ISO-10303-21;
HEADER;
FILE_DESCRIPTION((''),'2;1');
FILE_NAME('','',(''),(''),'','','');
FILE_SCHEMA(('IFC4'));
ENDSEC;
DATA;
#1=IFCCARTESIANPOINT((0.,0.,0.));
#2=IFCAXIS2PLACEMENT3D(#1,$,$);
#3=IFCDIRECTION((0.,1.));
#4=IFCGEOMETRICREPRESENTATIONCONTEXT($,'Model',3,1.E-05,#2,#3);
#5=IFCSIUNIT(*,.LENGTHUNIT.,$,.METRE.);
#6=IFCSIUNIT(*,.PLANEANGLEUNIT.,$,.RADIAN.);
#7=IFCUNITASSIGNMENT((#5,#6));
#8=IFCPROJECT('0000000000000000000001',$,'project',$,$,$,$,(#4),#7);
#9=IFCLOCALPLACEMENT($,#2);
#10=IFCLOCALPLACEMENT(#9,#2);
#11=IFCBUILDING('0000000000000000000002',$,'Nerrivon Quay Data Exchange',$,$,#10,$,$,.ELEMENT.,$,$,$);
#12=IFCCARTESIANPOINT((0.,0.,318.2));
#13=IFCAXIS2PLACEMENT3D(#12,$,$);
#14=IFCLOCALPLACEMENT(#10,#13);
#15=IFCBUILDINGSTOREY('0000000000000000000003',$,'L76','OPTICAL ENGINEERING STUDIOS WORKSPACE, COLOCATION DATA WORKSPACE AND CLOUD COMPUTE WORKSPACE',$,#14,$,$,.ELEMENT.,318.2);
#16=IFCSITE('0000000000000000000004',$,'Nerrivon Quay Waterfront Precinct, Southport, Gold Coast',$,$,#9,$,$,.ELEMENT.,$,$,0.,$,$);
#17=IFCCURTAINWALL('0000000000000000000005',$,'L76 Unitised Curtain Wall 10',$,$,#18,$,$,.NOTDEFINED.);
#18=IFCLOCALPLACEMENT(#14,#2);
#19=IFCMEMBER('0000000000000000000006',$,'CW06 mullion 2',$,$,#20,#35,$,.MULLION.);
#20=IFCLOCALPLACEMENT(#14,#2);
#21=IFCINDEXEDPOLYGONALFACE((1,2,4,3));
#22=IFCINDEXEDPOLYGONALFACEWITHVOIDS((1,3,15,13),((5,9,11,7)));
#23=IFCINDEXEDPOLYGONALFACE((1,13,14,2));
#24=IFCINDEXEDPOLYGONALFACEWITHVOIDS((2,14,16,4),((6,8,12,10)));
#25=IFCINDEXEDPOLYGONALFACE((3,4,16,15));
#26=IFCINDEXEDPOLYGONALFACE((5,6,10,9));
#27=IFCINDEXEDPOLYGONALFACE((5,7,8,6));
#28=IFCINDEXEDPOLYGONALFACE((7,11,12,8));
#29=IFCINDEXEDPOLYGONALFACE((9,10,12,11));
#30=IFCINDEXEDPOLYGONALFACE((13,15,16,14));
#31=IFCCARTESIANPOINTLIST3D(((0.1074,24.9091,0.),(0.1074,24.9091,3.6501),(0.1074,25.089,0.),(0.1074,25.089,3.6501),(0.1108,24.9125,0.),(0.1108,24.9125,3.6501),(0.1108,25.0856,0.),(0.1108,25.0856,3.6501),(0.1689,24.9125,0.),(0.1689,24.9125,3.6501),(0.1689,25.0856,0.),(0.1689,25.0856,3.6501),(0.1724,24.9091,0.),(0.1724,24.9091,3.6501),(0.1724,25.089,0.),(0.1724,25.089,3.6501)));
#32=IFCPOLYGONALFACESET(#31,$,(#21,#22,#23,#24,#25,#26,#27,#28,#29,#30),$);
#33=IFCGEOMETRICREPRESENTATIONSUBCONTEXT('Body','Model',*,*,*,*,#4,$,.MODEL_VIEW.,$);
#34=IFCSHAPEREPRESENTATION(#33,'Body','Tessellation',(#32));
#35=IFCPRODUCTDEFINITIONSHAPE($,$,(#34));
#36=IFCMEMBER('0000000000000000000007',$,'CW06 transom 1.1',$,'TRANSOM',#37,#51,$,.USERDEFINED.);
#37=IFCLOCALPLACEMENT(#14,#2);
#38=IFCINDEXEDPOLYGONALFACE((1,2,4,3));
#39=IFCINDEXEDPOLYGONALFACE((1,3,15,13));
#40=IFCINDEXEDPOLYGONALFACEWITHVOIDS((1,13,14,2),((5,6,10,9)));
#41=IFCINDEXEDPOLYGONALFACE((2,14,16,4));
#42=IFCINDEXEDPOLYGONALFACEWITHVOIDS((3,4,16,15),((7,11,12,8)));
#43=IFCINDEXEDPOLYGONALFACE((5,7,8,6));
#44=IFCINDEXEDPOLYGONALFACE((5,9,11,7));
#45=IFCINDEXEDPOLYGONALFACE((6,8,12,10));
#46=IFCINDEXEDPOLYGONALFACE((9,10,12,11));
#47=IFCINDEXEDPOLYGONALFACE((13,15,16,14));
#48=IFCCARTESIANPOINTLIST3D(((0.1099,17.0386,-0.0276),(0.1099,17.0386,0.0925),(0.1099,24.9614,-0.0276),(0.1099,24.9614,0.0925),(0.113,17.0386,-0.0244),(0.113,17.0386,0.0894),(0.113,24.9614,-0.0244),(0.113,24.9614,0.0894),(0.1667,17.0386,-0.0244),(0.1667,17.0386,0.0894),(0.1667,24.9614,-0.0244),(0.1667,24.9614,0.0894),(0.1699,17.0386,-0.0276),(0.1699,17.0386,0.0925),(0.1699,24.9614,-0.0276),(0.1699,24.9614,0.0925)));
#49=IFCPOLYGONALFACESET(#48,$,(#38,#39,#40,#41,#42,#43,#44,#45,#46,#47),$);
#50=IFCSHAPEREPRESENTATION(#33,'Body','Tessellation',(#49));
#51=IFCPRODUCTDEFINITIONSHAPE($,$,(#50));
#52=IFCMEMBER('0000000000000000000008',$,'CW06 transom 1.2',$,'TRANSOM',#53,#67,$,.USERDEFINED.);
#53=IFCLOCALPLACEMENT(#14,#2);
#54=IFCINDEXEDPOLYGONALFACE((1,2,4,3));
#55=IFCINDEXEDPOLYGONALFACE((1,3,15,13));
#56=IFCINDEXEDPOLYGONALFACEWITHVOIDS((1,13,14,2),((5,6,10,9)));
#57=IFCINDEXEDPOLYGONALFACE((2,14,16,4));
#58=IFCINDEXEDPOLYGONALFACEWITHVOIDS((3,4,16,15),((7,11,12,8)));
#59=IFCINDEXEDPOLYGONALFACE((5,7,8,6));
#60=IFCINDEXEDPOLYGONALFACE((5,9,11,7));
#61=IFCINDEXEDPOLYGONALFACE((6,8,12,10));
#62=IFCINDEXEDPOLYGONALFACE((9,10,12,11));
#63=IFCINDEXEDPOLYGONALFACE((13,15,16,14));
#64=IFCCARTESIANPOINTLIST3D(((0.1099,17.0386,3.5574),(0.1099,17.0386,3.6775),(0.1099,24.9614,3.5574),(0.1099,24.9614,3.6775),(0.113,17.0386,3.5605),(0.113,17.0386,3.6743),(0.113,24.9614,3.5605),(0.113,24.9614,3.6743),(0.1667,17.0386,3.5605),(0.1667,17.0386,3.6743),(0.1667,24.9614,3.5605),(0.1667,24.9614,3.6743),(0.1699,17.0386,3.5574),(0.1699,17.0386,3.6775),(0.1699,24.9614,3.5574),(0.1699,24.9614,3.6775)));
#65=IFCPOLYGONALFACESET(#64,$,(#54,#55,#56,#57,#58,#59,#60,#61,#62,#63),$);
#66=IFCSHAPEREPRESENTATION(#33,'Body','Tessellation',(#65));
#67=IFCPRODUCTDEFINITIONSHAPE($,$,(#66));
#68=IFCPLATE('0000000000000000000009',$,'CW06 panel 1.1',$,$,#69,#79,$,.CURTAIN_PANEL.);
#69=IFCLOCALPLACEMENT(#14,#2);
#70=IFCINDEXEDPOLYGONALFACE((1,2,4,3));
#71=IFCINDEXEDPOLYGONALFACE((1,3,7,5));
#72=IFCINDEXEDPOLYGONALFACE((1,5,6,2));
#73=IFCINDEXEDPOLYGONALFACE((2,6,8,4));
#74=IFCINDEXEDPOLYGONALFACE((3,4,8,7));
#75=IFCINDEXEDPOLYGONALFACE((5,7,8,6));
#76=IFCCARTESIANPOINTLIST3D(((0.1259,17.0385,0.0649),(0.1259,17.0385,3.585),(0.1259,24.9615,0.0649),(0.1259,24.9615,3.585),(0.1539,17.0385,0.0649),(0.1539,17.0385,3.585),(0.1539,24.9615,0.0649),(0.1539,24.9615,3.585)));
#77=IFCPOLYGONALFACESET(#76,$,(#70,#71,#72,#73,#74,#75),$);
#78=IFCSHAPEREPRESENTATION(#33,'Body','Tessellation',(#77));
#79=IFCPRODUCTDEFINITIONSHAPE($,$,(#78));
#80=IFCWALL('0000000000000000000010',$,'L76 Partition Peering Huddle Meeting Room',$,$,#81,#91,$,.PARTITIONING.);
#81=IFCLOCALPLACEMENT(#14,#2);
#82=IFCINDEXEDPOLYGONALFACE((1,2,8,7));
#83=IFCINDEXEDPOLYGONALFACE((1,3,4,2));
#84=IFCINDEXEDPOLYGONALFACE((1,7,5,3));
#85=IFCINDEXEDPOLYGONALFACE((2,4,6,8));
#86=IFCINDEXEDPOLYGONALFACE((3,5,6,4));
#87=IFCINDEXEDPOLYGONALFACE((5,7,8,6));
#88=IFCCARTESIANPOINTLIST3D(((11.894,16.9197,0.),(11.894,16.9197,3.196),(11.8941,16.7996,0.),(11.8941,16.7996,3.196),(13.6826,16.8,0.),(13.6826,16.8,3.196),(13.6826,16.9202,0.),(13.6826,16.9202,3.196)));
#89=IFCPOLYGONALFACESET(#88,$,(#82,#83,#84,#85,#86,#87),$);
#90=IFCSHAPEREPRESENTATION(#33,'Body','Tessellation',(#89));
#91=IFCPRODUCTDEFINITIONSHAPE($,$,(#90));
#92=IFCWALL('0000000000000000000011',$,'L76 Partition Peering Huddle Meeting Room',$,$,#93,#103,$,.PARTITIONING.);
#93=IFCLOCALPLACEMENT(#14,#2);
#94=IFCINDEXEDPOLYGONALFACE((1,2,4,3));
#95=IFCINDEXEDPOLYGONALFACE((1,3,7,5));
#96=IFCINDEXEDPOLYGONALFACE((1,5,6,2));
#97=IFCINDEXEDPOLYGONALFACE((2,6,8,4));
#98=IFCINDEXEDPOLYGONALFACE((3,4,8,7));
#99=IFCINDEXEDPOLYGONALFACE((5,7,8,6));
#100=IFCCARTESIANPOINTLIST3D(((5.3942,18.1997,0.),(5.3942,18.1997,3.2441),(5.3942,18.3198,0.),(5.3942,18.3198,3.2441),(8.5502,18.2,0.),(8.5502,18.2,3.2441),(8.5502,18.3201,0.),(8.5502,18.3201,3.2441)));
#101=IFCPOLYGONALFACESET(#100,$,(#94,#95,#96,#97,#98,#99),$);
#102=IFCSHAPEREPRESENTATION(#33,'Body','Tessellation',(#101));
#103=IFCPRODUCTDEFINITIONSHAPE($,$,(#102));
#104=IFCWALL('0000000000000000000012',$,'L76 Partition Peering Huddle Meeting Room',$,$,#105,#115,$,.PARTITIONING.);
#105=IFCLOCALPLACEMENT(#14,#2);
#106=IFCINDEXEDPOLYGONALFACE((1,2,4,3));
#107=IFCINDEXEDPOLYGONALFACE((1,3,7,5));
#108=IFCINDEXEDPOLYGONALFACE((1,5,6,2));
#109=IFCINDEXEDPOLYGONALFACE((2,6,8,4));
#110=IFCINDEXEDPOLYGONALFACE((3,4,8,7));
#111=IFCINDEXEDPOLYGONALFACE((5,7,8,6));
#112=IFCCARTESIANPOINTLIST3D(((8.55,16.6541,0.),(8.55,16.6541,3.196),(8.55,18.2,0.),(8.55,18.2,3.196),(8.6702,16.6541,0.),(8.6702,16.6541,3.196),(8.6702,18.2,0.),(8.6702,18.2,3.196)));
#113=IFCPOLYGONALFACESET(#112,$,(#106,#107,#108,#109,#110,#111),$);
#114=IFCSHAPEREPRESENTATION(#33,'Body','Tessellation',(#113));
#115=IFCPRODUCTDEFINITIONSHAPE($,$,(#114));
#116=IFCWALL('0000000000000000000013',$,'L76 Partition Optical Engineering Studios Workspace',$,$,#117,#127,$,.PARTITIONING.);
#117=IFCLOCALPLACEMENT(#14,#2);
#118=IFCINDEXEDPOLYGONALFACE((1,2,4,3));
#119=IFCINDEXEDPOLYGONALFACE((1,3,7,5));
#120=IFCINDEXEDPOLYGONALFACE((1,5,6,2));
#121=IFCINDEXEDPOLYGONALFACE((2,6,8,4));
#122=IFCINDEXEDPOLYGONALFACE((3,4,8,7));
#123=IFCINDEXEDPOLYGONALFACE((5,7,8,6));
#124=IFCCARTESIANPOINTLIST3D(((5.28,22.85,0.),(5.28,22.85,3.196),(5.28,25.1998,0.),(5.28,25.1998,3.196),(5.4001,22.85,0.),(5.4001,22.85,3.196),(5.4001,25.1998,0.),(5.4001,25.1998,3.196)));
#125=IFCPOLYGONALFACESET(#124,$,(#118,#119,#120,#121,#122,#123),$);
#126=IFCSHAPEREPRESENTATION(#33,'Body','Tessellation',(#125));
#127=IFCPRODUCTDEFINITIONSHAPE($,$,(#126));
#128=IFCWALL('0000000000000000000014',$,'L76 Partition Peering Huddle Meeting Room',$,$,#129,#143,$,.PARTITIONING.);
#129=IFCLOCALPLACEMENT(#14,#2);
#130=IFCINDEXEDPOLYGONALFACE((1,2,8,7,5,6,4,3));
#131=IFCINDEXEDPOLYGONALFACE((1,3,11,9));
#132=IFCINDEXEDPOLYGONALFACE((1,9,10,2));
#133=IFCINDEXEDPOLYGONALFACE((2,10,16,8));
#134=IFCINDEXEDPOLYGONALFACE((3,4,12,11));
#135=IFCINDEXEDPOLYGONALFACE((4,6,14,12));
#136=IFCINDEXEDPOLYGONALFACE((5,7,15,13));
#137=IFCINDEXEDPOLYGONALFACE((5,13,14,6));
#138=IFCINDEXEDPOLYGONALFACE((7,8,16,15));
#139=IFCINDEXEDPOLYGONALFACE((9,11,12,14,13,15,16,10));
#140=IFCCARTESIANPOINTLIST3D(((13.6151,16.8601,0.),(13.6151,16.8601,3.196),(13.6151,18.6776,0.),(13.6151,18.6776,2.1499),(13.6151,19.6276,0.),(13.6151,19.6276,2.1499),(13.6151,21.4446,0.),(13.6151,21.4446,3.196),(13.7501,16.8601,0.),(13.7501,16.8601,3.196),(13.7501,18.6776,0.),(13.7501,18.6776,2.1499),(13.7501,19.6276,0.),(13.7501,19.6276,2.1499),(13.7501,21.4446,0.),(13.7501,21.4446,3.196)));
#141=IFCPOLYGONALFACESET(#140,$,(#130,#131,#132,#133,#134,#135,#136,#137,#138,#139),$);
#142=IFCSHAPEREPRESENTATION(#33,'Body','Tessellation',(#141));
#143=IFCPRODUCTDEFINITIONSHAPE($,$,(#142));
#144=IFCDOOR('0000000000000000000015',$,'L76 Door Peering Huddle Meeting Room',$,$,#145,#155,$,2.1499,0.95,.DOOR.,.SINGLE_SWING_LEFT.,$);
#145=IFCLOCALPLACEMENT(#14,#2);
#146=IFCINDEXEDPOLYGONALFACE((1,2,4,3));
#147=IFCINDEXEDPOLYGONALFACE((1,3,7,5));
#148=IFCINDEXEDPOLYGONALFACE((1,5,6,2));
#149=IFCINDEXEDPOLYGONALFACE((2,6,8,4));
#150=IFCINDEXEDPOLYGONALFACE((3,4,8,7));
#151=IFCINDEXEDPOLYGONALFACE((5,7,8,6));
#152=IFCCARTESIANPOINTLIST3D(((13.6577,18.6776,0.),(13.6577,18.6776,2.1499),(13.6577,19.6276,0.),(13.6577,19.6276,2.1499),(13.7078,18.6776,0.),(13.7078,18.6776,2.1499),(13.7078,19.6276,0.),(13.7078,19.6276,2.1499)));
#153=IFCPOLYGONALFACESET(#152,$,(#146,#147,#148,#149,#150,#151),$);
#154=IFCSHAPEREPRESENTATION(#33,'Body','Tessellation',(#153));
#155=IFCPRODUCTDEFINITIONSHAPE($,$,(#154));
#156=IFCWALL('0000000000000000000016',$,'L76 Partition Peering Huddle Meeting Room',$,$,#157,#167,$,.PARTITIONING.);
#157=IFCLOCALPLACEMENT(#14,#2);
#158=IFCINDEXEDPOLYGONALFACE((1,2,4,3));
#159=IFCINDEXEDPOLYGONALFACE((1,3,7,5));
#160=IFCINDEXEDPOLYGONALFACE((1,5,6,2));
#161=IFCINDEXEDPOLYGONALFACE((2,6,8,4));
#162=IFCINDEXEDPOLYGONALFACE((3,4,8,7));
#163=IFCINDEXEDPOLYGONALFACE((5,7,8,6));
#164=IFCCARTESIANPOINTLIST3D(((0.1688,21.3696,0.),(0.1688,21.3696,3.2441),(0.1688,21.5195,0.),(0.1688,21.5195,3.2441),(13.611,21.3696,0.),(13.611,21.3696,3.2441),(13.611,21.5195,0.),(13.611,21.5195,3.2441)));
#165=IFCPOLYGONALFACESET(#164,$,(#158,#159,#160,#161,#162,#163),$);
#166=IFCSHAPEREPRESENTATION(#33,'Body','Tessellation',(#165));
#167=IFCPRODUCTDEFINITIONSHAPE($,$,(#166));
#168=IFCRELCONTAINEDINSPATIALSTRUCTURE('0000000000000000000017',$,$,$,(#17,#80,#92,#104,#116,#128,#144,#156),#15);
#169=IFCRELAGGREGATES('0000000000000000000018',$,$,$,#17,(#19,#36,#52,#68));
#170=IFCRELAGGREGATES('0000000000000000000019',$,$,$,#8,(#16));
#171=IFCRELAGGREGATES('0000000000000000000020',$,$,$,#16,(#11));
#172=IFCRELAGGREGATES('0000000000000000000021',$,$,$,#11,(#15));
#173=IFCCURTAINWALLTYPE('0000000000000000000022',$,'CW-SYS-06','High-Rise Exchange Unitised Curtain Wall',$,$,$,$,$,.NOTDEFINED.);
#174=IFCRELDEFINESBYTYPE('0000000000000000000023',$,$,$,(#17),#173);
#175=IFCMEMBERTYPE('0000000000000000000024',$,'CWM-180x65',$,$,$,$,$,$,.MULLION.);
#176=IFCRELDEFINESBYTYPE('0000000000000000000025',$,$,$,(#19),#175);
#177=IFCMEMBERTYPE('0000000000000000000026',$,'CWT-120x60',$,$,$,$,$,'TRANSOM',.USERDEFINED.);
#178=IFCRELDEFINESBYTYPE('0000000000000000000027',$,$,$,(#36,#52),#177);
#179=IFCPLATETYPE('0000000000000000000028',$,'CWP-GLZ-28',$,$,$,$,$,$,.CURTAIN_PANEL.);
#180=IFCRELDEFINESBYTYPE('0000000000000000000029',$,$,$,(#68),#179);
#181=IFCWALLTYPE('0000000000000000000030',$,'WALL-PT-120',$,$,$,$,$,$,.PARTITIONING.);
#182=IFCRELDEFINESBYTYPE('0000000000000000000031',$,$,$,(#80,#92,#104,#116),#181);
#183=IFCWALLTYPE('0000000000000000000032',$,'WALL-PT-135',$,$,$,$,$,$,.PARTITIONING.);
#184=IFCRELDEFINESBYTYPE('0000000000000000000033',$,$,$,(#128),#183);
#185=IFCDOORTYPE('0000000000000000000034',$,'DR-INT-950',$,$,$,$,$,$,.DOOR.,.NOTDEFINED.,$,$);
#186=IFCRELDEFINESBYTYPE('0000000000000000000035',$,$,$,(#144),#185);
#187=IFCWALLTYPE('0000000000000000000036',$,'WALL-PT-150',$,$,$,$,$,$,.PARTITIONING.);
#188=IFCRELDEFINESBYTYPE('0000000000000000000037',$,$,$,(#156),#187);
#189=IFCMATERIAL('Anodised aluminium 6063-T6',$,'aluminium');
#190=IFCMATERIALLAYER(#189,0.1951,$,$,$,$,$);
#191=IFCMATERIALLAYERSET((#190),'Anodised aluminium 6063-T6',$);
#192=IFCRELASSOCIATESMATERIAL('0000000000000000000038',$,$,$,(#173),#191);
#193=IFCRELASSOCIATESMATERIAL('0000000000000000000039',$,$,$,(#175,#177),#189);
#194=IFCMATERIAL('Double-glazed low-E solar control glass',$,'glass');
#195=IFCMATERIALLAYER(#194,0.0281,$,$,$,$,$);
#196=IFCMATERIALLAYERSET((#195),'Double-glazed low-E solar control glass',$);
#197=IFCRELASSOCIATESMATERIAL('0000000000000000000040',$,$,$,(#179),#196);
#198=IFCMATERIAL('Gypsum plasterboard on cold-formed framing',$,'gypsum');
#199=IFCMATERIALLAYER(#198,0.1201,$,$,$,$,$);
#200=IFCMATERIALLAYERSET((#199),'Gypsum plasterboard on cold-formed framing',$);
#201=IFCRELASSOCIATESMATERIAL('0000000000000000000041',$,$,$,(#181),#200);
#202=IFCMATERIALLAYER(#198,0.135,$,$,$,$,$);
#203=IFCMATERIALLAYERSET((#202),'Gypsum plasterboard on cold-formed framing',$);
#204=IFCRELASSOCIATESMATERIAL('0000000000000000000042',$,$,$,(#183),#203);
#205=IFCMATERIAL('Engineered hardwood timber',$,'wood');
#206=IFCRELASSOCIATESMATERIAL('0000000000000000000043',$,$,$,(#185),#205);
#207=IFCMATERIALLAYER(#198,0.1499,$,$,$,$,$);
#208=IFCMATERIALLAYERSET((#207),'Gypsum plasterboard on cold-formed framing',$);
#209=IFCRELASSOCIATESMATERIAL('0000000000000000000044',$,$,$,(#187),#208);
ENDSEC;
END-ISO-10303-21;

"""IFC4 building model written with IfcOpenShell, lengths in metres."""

from ifc_helpers import new_model, si_unit, direction, frame, frame_2d, origin, origin_2d, place, context, subcontext, project, spatial, rectangle, hollow_rectangle, extrude, material, layer, layer_set, material_profile, profile_set, type_object, element, fill, aggregate, save


model = new_model("IFC4")

# Units and contexts
model_context = context("Model", 3, precision=1e-05, world=origin(), true_north=direction((0.0, 1.0)))
body_context = subcontext(model_context, "Body", "Model", "MODEL_VIEW")
ifc_project = project(units=[si_unit("LENGTHUNIT", "METRE"), si_unit("PLANEANGLEUNIT", "RADIAN")], contexts=[model_context])

# Site, building, storey
site_placement = place(None, origin())
site = spatial("IfcSite", under=ifc_project, at=site_placement, Name="Nerrivon Quay Waterfront Precinct, Southport, Gold Coast", CompositionType="ELEMENT", RefElevation=0.0)
building_placement = place(site_placement, origin())
building = spatial("IfcBuilding", under=site, at=building_placement, Name="Nerrivon Quay Data Exchange", CompositionType="ELEMENT")
storey_placement = place(building_placement, frame((0.0, 0.0, 318.2)))
storey = spatial("IfcBuildingStorey", under=building, at=storey_placement, Name="L76", Description="OPTICAL ENGINEERING STUDIOS WORKSPACE, COLOCATION DATA WORKSPACE AND CLOUD COMPUTE WORKSPACE", CompositionType="ELEMENT", Elevation=318.2)

# Curtain wall, members, plate
ifc_material_1 = material(Name="Anodised aluminium 6063-T6", Category="aluminium")
ifc_layer_1 = layer(ifc_material_1, 0.1951)
ifc_layer_set_1 = layer_set([ifc_layer_1], Name="Anodised aluminium 6063-T6")
curtain_wall_type = type_object("IfcCurtainWallType", Name="CW-SYS-06", Description="High-Rise Exchange Unitised Curtain Wall", PredefinedType="NOTDEFINED", material=ifc_layer_set_1)
curtain_wall_placement = place(storey_placement, origin())
curtain_wall = element("IfcCurtainWall", 1, at=curtain_wall_placement, inside=storey, type_object=curtain_wall_type, Name="L76 Unitised Curtain Wall 10", PredefinedType="NOTDEFINED")
ifc_material_profile_1 = material_profile(ifc_material_1, hollow_rectangle(XDim=0.0649, YDim=0.1799, WallThickness=0.0034, at=origin_2d()), Name="ALU-MULL-180x65")
ifc_profile_set_1 = profile_set([ifc_material_profile_1], Name="Anodised aluminium 6063-T6")
member_type_1 = type_object("IfcMemberType", Name="CWM-180x65", PredefinedType="MULLION", material=ifc_profile_set_1)
member_1_placement = place(storey_placement, frame((0.1399, 24.999, 0.0), z_axis=(0.0, 0.0, 1.0), x_axis=(-1.0, 0.0, 0.0)))
member_1 = element("IfcMember", 2, at=member_1_placement, type_object=member_type_1, Name="CW06 mullion 2", PredefinedType="MULLION", context=body_context, shape_type="SweptSolid", body=[
    extrude(hollow_rectangle(XDim=0.0649, YDim=0.1799, WallThickness=0.0034, at=origin_2d()), origin(), (0.0, 0.0, 1.0), 3.6501),
])
ifc_material_profile_2 = material_profile(ifc_material_1, hollow_rectangle(XDim=0.0601, YDim=0.1201, WallThickness=0.0032, at=origin_2d()), Name="ALU-TRAN-120x60")
ifc_profile_set_2 = profile_set([ifc_material_profile_2], Name="Anodised aluminium 6063-T6")
member_type_2 = type_object("IfcMemberType", Name="CWT-120x60", ElementType="TRANSOM", PredefinedType="USERDEFINED", material=ifc_profile_set_2)
member_2_placement = place(storey_placement, frame((0.1399, 17.0386, 0.0325), z_axis=(0.0, 1.0, 0.0), x_axis=(-1.0, 0.0, 0.0)))
member_2 = element("IfcMember", 3, at=member_2_placement, type_object=member_type_2, Name="CW06 transom 1.1", ObjectType="TRANSOM", PredefinedType="USERDEFINED", context=body_context, shape_type="SweptSolid", body=[
    extrude(hollow_rectangle(XDim=0.0601, YDim=0.1201, WallThickness=0.0032, at=origin_2d()), origin(), (0.0, 0.0, 1.0), 7.9229),
])
member_3_placement = place(storey_placement, frame((0.1399, 17.0386, 3.6174), z_axis=(0.0, 1.0, 0.0), x_axis=(-1.0, 0.0, 0.0)))
member_3 = element("IfcMember", 4, at=member_3_placement, type_object=member_type_2, Name="CW06 transom 1.2", ObjectType="TRANSOM", PredefinedType="USERDEFINED", context=body_context, shape_type="SweptSolid", body=[
    extrude(hollow_rectangle(XDim=0.0601, YDim=0.1201, WallThickness=0.0032, at=origin_2d()), origin(), (0.0, 0.0, 1.0), 7.9229),
])
ifc_material_2 = material(Name="Double-glazed low-E solar control glass", Category="glass")
ifc_layer_2 = layer(ifc_material_2, 0.0281)
ifc_layer_set_2 = layer_set([ifc_layer_2], Name="Double-glazed low-E solar control glass")
plate_type = type_object("IfcPlateType", Name="CWP-GLZ-28", PredefinedType="CURTAIN_PANEL", material=ifc_layer_set_2)
plate_placement = place(storey_placement, frame((0.1399, 21.0, 0.0649), z_axis=(0.0, 0.0, 1.0), x_axis=(0.0, 1.0, 0.0)))
plate = element("IfcPlate", 5, at=plate_placement, type_object=plate_type, Name="CW06 panel 1.1", PredefinedType="CURTAIN_PANEL", context=body_context, shape_type="SweptSolid", body=[
    extrude(rectangle(XDim=7.9231, YDim=0.0281, at=origin_2d()), origin(), (0.0, 0.0, 1.0), 3.52),
])
aggregate(curtain_wall, [member_1, member_2, member_3, plate])

# Walls
ifc_material_3 = material(Name="Gypsum plasterboard on cold-formed framing", Category="gypsum")
ifc_layer_3 = layer(ifc_material_3, 0.1201)
ifc_layer_set_3 = layer_set([ifc_layer_3], Name="Gypsum plasterboard on cold-formed framing")
wall_type_1 = type_object("IfcWallType", Name="WALL-PT-120", PredefinedType="PARTITIONING", material=ifc_layer_set_3)
wall_1_placement = place(storey_placement, frame((11.894, 16.8596, 0.0), z_axis=(0.0, 0.0, 1.0), x_axis=(1.0, 0.000273, 0.0)))
element("IfcWall", 6, at=wall_1_placement, inside=storey, type_object=wall_type_1, Name="L76 Partition Peering Huddle Meeting Room", PredefinedType="PARTITIONING", context=body_context, shape_type="SweptSolid", body=[
    extrude(rectangle(XDim=1.7886, YDim=0.1201, at=frame_2d((0.8943, 0.0))), origin(), (0.0, 0.0, 1.0), 3.196),
])
wall_2_placement = place(storey_placement, frame((5.394, 18.2598, 0.0), z_axis=(0.0, 0.0, 1.0), x_axis=(1.0, 0.000077, 0.0)))
element("IfcWall", 7, at=wall_2_placement, inside=storey, type_object=wall_type_1, Name="L76 Partition Peering Huddle Meeting Room", PredefinedType="PARTITIONING", context=body_context, shape_type="SweptSolid", body=[
    extrude(rectangle(XDim=3.156, YDim=0.1201, at=frame_2d((1.5781, 0.0))), origin(), (0.0, 0.0, 1.0), 3.2441),
])
wall_3_placement = place(storey_placement, frame((8.6101, 18.2, 0.0), z_axis=(0.0, 0.0, 1.0), x_axis=(0.0, -1.0, 0.0)))
element("IfcWall", 8, at=wall_3_placement, inside=storey, type_object=wall_type_1, Name="L76 Partition Peering Huddle Meeting Room", PredefinedType="PARTITIONING", context=body_context, shape_type="SweptSolid", body=[
    extrude(rectangle(XDim=1.5459, YDim=0.1201, at=frame_2d((0.7729, 0.0))), origin(), (0.0, 0.0, 1.0), 3.196),
])
wall_4_placement = place(storey_placement, frame((5.3401, 22.8501, 0.0), z_axis=(0.0, 0.0, 1.0), x_axis=(0.0, 1.0, 0.0)))
element("IfcWall", 9, at=wall_4_placement, inside=storey, type_object=wall_type_1, Name="L76 Partition Optical Engineering Studios Workspace", PredefinedType="PARTITIONING", context=body_context, shape_type="SweptSolid", body=[
    extrude(rectangle(XDim=2.3499, YDim=0.1201, at=frame_2d((1.1748, 0.0))), origin(), (0.0, 0.0, 1.0), 3.196),
])

# Wall, opening, door
ifc_layer_4 = layer(ifc_material_3, 0.135)
ifc_layer_set_4 = layer_set([ifc_layer_4], Name="Gypsum plasterboard on cold-formed framing")
wall_type_2 = type_object("IfcWallType", Name="WALL-PT-135", PredefinedType="PARTITIONING", material=ifc_layer_set_4)
wall_5_placement = place(storey_placement, frame((13.6826, 16.8601, 0.0), z_axis=(0.0, 0.0, 1.0), x_axis=(0.0, 1.0, 0.0)))
wall_5 = element("IfcWall", 10, at=wall_5_placement, inside=storey, type_object=wall_type_2, Name="L76 Partition Peering Huddle Meeting Room", PredefinedType="PARTITIONING", context=body_context, shape_type="SweptSolid", body=[
    extrude(rectangle(XDim=4.5845, YDim=0.135, at=frame_2d((2.2922, 0.0))), origin(), (0.0, 0.0, 1.0), 3.196),
])
opening_1_placement = place(wall_5_placement, frame((1.8174, 0.0, 0.0)))
opening_1 = element("IfcOpeningElement", 11, at=opening_1_placement, cuts=wall_5, PredefinedType="OPENING", context=body_context, shape_type="SweptSolid", body=[
    extrude(rectangle(XDim=0.95, YDim=2.1499, at=frame_2d((0.4751, 1.075))), frame((0.0, 0.0774, 0.0), z_axis=(0.0, -1.0, 0.0), x_axis=(1.0, 0.0, 0.0)), (0.0, 0.0, 1.0), 0.155),
])
ifc_material_4 = material(Name="Engineered hardwood timber", Category="wood")
door_type_1 = type_object("IfcDoorType", Name="DR-INT-950", OperationType="NOTDEFINED", PredefinedType="DOOR", material=ifc_material_4)
door_1_placement = place(opening_1_placement, origin())
door_1 = element("IfcDoor", 12, at=door_1_placement, inside=storey, type_object=door_type_1, Name="L76 Door Peering Huddle Meeting Room", OperationType="SINGLE_SWING_LEFT", OverallHeight=2.1499, OverallWidth=0.95, PredefinedType="DOOR", context=body_context, shape_type="SweptSolid", body=[
    extrude(rectangle(XDim=0.95, YDim=2.1499, at=frame_2d((0.4751, 1.075))), frame((0.0, 0.0249, 0.0), z_axis=(0.0, -1.0, 0.0), x_axis=(1.0, 0.0, 0.0)), (0.0, 0.0, 1.0), 0.05),
])
fill(opening_1, door_1)

# Wall
ifc_layer_5 = layer(ifc_material_3, 0.1499)
ifc_layer_set_5 = layer_set([ifc_layer_5], Name="Gypsum plasterboard on cold-formed framing")
wall_type_3 = type_object("IfcWallType", Name="WALL-PT-150", PredefinedType="PARTITIONING", material=ifc_layer_set_5)
wall_6_placement = place(storey_placement, frame((13.6111, 21.4446, 0.0), z_axis=(0.0, 0.0, 1.0), x_axis=(-1.0, 0.0, 0.0)))
element("IfcWall", 13, at=wall_6_placement, inside=storey, type_object=wall_type_3, Name="L76 Partition Peering Huddle Meeting Room", PredefinedType="PARTITIONING", context=body_context, shape_type="SweptSolid", body=[
    extrude(rectangle(XDim=13.4421, YDim=0.1499, at=frame_2d((6.7212, 0.0))), origin(), (0.0, 0.0, 1.0), 3.2441),
])

save(model, "model.ifc")
